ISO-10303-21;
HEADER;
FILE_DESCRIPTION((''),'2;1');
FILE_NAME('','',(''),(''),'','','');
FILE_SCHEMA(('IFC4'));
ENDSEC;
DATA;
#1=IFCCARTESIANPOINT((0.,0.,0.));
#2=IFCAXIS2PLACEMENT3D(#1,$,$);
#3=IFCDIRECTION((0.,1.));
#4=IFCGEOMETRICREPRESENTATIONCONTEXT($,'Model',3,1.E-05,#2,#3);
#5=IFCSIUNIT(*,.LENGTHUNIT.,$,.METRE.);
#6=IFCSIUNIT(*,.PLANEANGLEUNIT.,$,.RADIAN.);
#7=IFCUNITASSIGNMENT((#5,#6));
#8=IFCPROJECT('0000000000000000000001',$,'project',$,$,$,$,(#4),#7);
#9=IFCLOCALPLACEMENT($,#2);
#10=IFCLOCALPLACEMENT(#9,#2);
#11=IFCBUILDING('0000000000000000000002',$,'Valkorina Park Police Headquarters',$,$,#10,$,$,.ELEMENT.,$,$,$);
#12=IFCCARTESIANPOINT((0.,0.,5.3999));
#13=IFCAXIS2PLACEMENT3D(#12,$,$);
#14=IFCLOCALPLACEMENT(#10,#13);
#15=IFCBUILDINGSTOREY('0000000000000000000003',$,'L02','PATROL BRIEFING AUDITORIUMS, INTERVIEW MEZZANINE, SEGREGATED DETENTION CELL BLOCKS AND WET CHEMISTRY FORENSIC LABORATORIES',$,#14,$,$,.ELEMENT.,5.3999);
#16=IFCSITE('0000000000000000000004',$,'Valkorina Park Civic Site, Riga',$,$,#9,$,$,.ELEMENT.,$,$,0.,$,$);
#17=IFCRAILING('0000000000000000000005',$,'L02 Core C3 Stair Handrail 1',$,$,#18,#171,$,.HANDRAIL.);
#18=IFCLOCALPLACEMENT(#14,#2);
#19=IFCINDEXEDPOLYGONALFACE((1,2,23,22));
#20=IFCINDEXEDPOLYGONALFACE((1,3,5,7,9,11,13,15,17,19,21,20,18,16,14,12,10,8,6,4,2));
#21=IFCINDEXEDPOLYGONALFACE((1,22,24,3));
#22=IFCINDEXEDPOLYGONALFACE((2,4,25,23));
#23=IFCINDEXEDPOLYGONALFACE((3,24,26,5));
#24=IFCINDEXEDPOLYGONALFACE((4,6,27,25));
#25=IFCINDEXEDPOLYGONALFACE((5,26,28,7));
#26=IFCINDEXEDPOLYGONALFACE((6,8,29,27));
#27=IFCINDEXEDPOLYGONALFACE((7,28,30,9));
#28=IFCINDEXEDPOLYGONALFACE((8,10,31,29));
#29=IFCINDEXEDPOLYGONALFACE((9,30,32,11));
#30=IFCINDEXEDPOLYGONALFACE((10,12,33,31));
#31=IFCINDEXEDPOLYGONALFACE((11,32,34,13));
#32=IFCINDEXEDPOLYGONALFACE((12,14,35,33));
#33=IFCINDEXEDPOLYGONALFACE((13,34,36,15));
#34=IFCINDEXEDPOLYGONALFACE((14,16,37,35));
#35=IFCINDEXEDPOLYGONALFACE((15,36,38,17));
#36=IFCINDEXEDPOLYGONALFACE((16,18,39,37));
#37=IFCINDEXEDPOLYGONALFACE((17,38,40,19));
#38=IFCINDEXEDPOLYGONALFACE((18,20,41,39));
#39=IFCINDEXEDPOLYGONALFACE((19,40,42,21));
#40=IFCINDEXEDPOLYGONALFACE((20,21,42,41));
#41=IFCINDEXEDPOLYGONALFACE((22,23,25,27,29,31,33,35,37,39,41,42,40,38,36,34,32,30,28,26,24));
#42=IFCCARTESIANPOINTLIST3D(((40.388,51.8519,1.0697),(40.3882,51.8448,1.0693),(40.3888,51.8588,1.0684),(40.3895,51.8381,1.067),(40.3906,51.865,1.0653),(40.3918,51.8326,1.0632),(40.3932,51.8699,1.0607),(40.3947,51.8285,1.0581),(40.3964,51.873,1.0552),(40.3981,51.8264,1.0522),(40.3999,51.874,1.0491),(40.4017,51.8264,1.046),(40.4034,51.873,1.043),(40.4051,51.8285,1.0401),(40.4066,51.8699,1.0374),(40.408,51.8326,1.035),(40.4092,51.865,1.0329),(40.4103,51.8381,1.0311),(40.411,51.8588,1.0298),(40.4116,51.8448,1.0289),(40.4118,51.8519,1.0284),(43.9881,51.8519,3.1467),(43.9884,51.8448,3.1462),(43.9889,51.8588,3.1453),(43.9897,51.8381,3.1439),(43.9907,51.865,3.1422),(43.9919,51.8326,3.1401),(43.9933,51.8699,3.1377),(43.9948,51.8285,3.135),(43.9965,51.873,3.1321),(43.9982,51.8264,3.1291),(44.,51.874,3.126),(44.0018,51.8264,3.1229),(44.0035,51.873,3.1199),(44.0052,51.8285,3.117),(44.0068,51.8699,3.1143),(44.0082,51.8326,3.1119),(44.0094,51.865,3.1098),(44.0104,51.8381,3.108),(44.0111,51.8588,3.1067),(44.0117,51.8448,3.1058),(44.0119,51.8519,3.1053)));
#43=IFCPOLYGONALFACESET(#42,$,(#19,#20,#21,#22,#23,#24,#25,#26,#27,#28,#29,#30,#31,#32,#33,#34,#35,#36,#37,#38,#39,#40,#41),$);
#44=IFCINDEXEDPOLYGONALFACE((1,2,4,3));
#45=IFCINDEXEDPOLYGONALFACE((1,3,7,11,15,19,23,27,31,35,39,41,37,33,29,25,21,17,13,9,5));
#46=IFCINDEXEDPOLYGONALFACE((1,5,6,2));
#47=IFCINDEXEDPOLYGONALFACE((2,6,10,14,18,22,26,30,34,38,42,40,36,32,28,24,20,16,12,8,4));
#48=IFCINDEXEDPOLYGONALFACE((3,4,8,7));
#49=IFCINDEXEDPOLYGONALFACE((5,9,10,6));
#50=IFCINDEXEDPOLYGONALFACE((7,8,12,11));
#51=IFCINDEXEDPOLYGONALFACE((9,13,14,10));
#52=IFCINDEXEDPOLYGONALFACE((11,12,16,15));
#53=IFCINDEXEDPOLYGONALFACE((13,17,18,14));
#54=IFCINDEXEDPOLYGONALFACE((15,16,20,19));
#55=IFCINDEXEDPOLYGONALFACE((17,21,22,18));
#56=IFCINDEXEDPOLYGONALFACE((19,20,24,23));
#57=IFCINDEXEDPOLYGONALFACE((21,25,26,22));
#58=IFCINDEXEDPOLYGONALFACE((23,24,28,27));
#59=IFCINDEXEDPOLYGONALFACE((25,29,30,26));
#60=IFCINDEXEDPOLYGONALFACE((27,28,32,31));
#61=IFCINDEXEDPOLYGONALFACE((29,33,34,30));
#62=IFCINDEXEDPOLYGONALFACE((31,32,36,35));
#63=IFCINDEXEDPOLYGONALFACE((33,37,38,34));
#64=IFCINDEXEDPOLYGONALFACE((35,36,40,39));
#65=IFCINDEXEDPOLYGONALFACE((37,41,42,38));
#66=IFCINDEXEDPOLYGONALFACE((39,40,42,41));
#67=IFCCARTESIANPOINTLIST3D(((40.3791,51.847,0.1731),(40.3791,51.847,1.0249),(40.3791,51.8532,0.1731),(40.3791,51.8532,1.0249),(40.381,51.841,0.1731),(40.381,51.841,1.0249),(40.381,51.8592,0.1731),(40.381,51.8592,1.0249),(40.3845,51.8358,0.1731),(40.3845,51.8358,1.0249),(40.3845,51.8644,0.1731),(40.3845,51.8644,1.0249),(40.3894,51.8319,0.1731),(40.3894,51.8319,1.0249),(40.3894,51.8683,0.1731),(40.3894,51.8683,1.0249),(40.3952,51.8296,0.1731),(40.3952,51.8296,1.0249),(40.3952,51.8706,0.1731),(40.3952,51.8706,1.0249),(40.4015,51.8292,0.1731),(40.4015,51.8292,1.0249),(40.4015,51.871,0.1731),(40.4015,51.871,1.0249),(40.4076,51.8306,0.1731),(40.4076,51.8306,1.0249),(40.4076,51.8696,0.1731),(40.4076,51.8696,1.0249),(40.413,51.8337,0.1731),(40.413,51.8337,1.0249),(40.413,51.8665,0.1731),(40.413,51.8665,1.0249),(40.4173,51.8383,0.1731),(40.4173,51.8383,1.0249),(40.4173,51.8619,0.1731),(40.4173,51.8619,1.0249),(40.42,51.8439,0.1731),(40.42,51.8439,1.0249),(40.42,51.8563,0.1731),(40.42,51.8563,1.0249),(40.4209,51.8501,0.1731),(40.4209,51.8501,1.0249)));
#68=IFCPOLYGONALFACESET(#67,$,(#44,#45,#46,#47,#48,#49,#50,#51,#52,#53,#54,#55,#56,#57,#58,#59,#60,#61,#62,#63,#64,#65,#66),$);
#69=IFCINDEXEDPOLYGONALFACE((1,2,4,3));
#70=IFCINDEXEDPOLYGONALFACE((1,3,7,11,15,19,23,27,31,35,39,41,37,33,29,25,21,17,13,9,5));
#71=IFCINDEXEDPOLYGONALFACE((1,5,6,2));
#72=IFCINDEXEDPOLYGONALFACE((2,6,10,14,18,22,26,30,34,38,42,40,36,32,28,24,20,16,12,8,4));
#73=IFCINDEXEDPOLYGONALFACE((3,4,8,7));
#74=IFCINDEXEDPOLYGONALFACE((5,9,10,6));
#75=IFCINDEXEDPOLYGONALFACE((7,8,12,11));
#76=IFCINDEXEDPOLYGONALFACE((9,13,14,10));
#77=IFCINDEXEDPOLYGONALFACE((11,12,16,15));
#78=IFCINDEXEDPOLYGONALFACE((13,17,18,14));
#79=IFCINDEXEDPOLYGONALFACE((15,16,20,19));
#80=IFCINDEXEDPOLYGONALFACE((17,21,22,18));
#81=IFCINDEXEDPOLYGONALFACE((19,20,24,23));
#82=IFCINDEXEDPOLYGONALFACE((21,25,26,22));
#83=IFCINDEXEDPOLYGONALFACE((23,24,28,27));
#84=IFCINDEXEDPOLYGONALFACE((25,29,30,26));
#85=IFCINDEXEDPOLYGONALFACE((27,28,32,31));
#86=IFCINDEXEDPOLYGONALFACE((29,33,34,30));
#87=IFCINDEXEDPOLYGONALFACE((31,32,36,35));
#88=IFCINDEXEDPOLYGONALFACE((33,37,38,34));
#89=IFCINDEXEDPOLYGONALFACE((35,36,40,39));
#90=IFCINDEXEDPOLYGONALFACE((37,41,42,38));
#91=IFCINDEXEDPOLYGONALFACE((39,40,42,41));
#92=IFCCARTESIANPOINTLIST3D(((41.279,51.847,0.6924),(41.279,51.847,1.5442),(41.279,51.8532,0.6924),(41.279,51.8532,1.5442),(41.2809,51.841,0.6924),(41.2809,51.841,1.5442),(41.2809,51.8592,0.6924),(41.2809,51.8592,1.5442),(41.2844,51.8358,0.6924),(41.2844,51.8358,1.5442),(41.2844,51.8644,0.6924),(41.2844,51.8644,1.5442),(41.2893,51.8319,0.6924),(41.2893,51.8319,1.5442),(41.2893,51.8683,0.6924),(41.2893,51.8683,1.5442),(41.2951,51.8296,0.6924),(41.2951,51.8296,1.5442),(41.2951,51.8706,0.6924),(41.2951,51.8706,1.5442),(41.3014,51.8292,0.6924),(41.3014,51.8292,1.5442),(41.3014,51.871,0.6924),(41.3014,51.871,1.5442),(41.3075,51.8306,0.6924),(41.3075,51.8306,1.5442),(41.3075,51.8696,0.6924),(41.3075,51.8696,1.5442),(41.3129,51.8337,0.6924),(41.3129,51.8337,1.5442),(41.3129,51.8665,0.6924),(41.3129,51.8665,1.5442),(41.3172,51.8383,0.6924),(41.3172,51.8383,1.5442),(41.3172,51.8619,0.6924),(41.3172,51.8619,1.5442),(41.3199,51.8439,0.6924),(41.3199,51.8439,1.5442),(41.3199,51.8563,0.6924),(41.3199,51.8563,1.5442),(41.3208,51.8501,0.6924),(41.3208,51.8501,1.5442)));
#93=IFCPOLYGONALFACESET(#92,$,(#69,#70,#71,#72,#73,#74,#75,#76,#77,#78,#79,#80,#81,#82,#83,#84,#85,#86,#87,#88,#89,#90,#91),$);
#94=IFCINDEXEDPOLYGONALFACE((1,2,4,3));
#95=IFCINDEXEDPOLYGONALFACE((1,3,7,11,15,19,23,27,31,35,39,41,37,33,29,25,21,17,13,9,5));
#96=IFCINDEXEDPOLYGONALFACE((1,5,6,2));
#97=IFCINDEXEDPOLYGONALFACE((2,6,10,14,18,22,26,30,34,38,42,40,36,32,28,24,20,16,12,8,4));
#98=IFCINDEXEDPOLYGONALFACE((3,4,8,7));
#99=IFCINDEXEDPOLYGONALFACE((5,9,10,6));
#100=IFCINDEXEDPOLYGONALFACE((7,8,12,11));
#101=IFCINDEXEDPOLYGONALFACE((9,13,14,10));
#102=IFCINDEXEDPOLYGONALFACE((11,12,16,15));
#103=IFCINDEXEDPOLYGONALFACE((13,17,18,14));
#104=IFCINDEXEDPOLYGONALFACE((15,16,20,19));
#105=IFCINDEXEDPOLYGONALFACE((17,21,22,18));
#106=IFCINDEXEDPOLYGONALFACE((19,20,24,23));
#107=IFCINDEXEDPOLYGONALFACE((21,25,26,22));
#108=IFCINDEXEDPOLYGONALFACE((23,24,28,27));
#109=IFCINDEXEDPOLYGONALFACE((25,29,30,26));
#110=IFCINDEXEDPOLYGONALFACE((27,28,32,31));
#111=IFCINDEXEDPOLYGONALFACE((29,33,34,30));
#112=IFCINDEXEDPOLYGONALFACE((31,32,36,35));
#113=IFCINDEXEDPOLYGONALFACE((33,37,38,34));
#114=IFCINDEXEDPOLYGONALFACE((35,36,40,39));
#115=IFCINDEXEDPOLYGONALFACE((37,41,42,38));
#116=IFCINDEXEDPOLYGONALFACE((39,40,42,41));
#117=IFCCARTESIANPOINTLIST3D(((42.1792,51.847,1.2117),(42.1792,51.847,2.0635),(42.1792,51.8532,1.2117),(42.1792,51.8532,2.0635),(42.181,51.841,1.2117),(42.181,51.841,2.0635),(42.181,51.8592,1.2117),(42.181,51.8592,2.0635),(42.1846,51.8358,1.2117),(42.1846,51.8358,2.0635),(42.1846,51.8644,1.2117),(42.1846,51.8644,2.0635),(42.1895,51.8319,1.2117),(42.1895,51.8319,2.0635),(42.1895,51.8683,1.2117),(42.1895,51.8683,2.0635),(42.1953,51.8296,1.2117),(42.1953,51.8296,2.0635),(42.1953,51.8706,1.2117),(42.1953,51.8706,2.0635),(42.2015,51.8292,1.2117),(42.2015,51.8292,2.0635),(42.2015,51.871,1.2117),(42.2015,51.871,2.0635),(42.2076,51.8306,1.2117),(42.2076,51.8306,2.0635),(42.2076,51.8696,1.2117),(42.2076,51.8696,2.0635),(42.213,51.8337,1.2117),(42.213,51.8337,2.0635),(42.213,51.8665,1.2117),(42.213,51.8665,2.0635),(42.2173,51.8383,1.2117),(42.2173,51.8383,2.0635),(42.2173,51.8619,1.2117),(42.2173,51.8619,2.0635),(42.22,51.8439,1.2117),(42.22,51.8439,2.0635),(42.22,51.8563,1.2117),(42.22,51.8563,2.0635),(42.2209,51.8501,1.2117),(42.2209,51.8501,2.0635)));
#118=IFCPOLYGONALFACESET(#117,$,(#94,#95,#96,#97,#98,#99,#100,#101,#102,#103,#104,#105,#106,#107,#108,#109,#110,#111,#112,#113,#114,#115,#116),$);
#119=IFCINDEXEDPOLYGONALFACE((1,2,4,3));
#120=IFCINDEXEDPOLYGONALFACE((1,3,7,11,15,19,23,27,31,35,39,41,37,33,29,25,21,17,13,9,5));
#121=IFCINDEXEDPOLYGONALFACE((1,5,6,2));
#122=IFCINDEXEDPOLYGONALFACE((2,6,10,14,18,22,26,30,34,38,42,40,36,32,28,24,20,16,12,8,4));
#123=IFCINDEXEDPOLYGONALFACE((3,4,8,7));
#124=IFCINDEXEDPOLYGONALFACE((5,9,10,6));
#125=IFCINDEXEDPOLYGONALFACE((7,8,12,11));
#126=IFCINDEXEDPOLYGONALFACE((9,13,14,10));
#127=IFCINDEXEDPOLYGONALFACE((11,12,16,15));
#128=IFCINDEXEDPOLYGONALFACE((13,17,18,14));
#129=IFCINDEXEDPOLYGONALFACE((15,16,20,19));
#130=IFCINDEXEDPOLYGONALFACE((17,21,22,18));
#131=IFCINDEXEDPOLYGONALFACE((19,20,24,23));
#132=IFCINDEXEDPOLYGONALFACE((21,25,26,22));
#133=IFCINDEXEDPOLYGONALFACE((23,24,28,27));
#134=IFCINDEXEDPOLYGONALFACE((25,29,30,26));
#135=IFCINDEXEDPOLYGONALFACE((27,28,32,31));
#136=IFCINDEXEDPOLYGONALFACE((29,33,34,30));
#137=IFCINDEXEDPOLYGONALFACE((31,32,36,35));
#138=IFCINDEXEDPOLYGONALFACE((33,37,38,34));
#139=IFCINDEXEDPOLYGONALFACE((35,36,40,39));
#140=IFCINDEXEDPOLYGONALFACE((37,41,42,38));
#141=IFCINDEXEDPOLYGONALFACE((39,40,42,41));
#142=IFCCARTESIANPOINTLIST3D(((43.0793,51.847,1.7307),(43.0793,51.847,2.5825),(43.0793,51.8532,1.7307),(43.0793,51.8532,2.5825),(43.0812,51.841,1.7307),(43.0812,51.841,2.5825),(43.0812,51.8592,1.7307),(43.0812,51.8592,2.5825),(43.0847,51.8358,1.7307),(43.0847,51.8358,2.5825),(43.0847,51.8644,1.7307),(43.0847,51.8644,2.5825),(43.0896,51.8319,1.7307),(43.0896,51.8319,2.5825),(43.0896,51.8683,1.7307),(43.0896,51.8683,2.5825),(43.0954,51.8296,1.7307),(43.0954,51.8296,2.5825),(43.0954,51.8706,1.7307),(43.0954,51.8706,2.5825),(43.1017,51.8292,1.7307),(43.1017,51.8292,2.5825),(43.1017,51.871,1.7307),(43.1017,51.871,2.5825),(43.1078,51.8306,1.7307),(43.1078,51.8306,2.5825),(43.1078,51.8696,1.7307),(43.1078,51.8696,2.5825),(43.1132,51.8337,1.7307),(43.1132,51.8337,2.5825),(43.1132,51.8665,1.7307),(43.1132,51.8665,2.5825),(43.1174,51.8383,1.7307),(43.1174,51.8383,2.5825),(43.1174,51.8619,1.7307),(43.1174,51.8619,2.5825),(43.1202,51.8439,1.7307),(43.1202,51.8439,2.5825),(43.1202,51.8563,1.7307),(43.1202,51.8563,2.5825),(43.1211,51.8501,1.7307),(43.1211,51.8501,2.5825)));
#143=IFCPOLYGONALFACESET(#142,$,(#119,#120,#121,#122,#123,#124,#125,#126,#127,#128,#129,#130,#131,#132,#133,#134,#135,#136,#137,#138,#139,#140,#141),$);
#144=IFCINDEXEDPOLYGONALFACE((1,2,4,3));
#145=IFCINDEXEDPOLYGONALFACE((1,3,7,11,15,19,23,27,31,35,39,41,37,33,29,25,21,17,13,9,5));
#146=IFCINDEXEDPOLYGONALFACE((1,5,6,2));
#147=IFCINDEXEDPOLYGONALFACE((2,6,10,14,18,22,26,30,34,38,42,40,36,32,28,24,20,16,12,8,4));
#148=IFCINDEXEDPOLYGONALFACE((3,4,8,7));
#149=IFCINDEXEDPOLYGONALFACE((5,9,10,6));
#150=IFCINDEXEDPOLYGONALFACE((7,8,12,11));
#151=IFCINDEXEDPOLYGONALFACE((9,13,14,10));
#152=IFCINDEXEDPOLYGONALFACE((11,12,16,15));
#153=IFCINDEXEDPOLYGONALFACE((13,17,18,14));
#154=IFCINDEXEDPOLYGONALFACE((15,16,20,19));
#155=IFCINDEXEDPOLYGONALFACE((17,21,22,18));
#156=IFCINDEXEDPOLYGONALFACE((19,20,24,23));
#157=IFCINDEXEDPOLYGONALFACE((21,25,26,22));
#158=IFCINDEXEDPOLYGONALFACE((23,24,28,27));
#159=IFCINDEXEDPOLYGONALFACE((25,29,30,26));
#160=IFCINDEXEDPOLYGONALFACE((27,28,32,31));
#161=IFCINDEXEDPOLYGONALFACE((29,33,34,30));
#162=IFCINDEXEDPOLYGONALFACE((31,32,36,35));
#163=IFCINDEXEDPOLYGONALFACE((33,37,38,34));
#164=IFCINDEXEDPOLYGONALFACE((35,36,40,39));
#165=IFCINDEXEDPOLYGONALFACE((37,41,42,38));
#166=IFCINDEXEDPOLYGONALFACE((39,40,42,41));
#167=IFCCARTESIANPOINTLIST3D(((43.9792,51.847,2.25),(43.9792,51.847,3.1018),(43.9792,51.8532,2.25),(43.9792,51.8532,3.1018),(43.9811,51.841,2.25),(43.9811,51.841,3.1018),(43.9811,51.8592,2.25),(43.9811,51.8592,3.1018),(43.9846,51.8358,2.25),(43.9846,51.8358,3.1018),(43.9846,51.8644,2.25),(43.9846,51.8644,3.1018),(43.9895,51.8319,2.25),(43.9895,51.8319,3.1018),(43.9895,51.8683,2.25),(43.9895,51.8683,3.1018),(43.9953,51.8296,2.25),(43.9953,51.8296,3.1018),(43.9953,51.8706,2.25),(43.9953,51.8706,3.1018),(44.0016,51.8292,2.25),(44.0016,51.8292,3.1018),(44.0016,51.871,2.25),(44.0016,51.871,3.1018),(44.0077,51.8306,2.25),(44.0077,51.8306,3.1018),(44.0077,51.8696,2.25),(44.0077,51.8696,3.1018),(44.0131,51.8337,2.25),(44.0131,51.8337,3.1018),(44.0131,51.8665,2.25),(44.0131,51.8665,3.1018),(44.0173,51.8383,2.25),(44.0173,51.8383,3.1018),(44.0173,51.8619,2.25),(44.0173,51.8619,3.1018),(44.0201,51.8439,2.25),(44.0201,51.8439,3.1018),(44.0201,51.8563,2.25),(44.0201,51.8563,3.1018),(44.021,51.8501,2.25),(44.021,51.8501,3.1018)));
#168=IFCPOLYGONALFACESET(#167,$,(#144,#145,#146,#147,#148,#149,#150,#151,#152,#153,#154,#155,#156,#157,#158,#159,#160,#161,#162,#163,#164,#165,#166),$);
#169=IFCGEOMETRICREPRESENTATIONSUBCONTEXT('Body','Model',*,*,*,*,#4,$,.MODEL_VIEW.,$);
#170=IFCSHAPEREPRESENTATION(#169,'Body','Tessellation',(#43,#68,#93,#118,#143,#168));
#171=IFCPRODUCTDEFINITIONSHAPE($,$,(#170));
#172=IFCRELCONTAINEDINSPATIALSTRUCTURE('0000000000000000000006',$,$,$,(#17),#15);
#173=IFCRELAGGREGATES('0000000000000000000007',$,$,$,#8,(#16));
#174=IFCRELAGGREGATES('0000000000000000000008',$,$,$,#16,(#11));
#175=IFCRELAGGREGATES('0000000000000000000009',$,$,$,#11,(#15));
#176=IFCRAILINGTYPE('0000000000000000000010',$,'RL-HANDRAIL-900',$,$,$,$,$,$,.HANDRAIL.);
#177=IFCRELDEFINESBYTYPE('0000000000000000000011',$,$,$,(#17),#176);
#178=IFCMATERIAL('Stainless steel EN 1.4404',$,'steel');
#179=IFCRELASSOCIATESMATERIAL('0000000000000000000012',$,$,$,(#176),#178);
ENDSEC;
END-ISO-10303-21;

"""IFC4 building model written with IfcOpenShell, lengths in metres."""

from ifc_helpers import new_model, si_unit, direction, frame, origin, origin_2d, place, context, subcontext, project, spatial, circle, extrude, material, type_object, element, save


model = new_model("IFC4")

# Units and contexts
model_context = context("Model", 3, precision=1e-05, world=origin(), true_north=direction((0.0, 1.0)))
body_context = subcontext(model_context, "Body", "Model", "MODEL_VIEW")
ifc_project = project(units=[si_unit("LENGTHUNIT", "METRE"), si_unit("PLANEANGLEUNIT", "RADIAN")], contexts=[model_context])

# Site, building, storey
site_placement = place(None, origin())
site = spatial("IfcSite", under=ifc_project, at=site_placement, Name="Valkorina Park Civic Site, Riga", CompositionType="ELEMENT", RefElevation=0.0)
building_placement = place(site_placement, origin())
building = spatial("IfcBuilding", under=site, at=building_placement, Name="Valkorina Park Police Headquarters", CompositionType="ELEMENT")
storey_placement = place(building_placement, frame((0.0, 0.0, 5.3999)))
storey = spatial("IfcBuildingStorey", under=building, at=storey_placement, Name="L02", Description="PATROL BRIEFING AUDITORIUMS, INTERVIEW MEZZANINE, SEGREGATED DETENTION CELL BLOCKS AND WET CHEMISTRY FORENSIC LABORATORIES", CompositionType="ELEMENT", Elevation=5.3999)

# Railing
ifc_material_1 = material(Name="Stainless steel EN 1.4404", Category="steel")
railing_type_1 = type_object("IfcRailingType", Name="RL-HANDRAIL-900", PredefinedType="HANDRAIL", material=ifc_material_1)
railing_1_placement = place(storey_placement, frame((40.3999, 51.8501, 0.1731)))
element("IfcRailing", 1, at=railing_1_placement, inside=storey, type_object=railing_type_1, Name="L02 Core C3 Stair Handrail 1", PredefinedType="HANDRAIL", context=body_context, shape_type="SweptSolid", body=[
    extrude(circle(Radius=0.0239, at=origin_2d()), frame((0.0, 0.0, 0.876), z_axis=(0.866193, 0.0, 0.499709), x_axis=(0.0, 1.0, 0.0)), (0.0, 0.0, 1.0), 4.1562),
    extrude(circle(Radius=0.021, at=origin_2d()), origin(), (0.0, 0.0, 1.0), 0.8518),
    extrude(circle(Radius=0.021, at=origin_2d()), frame((0.8999, 0.0, 0.5193)), (0.0, 0.0, 1.0), 0.8518),
    extrude(circle(Radius=0.021, at=origin_2d()), frame((1.8, 0.0, 1.0386)), (0.0, 0.0, 1.0), 0.8518),
    extrude(circle(Radius=0.021, at=origin_2d()), frame((2.7002, 0.0, 1.5576)), (0.0, 0.0, 1.0), 0.8518),
    extrude(circle(Radius=0.021, at=origin_2d()), frame((3.6001, 0.0, 2.0769)), (0.0, 0.0, 1.0), 0.8518),
])

save(model, "model.ifc")
